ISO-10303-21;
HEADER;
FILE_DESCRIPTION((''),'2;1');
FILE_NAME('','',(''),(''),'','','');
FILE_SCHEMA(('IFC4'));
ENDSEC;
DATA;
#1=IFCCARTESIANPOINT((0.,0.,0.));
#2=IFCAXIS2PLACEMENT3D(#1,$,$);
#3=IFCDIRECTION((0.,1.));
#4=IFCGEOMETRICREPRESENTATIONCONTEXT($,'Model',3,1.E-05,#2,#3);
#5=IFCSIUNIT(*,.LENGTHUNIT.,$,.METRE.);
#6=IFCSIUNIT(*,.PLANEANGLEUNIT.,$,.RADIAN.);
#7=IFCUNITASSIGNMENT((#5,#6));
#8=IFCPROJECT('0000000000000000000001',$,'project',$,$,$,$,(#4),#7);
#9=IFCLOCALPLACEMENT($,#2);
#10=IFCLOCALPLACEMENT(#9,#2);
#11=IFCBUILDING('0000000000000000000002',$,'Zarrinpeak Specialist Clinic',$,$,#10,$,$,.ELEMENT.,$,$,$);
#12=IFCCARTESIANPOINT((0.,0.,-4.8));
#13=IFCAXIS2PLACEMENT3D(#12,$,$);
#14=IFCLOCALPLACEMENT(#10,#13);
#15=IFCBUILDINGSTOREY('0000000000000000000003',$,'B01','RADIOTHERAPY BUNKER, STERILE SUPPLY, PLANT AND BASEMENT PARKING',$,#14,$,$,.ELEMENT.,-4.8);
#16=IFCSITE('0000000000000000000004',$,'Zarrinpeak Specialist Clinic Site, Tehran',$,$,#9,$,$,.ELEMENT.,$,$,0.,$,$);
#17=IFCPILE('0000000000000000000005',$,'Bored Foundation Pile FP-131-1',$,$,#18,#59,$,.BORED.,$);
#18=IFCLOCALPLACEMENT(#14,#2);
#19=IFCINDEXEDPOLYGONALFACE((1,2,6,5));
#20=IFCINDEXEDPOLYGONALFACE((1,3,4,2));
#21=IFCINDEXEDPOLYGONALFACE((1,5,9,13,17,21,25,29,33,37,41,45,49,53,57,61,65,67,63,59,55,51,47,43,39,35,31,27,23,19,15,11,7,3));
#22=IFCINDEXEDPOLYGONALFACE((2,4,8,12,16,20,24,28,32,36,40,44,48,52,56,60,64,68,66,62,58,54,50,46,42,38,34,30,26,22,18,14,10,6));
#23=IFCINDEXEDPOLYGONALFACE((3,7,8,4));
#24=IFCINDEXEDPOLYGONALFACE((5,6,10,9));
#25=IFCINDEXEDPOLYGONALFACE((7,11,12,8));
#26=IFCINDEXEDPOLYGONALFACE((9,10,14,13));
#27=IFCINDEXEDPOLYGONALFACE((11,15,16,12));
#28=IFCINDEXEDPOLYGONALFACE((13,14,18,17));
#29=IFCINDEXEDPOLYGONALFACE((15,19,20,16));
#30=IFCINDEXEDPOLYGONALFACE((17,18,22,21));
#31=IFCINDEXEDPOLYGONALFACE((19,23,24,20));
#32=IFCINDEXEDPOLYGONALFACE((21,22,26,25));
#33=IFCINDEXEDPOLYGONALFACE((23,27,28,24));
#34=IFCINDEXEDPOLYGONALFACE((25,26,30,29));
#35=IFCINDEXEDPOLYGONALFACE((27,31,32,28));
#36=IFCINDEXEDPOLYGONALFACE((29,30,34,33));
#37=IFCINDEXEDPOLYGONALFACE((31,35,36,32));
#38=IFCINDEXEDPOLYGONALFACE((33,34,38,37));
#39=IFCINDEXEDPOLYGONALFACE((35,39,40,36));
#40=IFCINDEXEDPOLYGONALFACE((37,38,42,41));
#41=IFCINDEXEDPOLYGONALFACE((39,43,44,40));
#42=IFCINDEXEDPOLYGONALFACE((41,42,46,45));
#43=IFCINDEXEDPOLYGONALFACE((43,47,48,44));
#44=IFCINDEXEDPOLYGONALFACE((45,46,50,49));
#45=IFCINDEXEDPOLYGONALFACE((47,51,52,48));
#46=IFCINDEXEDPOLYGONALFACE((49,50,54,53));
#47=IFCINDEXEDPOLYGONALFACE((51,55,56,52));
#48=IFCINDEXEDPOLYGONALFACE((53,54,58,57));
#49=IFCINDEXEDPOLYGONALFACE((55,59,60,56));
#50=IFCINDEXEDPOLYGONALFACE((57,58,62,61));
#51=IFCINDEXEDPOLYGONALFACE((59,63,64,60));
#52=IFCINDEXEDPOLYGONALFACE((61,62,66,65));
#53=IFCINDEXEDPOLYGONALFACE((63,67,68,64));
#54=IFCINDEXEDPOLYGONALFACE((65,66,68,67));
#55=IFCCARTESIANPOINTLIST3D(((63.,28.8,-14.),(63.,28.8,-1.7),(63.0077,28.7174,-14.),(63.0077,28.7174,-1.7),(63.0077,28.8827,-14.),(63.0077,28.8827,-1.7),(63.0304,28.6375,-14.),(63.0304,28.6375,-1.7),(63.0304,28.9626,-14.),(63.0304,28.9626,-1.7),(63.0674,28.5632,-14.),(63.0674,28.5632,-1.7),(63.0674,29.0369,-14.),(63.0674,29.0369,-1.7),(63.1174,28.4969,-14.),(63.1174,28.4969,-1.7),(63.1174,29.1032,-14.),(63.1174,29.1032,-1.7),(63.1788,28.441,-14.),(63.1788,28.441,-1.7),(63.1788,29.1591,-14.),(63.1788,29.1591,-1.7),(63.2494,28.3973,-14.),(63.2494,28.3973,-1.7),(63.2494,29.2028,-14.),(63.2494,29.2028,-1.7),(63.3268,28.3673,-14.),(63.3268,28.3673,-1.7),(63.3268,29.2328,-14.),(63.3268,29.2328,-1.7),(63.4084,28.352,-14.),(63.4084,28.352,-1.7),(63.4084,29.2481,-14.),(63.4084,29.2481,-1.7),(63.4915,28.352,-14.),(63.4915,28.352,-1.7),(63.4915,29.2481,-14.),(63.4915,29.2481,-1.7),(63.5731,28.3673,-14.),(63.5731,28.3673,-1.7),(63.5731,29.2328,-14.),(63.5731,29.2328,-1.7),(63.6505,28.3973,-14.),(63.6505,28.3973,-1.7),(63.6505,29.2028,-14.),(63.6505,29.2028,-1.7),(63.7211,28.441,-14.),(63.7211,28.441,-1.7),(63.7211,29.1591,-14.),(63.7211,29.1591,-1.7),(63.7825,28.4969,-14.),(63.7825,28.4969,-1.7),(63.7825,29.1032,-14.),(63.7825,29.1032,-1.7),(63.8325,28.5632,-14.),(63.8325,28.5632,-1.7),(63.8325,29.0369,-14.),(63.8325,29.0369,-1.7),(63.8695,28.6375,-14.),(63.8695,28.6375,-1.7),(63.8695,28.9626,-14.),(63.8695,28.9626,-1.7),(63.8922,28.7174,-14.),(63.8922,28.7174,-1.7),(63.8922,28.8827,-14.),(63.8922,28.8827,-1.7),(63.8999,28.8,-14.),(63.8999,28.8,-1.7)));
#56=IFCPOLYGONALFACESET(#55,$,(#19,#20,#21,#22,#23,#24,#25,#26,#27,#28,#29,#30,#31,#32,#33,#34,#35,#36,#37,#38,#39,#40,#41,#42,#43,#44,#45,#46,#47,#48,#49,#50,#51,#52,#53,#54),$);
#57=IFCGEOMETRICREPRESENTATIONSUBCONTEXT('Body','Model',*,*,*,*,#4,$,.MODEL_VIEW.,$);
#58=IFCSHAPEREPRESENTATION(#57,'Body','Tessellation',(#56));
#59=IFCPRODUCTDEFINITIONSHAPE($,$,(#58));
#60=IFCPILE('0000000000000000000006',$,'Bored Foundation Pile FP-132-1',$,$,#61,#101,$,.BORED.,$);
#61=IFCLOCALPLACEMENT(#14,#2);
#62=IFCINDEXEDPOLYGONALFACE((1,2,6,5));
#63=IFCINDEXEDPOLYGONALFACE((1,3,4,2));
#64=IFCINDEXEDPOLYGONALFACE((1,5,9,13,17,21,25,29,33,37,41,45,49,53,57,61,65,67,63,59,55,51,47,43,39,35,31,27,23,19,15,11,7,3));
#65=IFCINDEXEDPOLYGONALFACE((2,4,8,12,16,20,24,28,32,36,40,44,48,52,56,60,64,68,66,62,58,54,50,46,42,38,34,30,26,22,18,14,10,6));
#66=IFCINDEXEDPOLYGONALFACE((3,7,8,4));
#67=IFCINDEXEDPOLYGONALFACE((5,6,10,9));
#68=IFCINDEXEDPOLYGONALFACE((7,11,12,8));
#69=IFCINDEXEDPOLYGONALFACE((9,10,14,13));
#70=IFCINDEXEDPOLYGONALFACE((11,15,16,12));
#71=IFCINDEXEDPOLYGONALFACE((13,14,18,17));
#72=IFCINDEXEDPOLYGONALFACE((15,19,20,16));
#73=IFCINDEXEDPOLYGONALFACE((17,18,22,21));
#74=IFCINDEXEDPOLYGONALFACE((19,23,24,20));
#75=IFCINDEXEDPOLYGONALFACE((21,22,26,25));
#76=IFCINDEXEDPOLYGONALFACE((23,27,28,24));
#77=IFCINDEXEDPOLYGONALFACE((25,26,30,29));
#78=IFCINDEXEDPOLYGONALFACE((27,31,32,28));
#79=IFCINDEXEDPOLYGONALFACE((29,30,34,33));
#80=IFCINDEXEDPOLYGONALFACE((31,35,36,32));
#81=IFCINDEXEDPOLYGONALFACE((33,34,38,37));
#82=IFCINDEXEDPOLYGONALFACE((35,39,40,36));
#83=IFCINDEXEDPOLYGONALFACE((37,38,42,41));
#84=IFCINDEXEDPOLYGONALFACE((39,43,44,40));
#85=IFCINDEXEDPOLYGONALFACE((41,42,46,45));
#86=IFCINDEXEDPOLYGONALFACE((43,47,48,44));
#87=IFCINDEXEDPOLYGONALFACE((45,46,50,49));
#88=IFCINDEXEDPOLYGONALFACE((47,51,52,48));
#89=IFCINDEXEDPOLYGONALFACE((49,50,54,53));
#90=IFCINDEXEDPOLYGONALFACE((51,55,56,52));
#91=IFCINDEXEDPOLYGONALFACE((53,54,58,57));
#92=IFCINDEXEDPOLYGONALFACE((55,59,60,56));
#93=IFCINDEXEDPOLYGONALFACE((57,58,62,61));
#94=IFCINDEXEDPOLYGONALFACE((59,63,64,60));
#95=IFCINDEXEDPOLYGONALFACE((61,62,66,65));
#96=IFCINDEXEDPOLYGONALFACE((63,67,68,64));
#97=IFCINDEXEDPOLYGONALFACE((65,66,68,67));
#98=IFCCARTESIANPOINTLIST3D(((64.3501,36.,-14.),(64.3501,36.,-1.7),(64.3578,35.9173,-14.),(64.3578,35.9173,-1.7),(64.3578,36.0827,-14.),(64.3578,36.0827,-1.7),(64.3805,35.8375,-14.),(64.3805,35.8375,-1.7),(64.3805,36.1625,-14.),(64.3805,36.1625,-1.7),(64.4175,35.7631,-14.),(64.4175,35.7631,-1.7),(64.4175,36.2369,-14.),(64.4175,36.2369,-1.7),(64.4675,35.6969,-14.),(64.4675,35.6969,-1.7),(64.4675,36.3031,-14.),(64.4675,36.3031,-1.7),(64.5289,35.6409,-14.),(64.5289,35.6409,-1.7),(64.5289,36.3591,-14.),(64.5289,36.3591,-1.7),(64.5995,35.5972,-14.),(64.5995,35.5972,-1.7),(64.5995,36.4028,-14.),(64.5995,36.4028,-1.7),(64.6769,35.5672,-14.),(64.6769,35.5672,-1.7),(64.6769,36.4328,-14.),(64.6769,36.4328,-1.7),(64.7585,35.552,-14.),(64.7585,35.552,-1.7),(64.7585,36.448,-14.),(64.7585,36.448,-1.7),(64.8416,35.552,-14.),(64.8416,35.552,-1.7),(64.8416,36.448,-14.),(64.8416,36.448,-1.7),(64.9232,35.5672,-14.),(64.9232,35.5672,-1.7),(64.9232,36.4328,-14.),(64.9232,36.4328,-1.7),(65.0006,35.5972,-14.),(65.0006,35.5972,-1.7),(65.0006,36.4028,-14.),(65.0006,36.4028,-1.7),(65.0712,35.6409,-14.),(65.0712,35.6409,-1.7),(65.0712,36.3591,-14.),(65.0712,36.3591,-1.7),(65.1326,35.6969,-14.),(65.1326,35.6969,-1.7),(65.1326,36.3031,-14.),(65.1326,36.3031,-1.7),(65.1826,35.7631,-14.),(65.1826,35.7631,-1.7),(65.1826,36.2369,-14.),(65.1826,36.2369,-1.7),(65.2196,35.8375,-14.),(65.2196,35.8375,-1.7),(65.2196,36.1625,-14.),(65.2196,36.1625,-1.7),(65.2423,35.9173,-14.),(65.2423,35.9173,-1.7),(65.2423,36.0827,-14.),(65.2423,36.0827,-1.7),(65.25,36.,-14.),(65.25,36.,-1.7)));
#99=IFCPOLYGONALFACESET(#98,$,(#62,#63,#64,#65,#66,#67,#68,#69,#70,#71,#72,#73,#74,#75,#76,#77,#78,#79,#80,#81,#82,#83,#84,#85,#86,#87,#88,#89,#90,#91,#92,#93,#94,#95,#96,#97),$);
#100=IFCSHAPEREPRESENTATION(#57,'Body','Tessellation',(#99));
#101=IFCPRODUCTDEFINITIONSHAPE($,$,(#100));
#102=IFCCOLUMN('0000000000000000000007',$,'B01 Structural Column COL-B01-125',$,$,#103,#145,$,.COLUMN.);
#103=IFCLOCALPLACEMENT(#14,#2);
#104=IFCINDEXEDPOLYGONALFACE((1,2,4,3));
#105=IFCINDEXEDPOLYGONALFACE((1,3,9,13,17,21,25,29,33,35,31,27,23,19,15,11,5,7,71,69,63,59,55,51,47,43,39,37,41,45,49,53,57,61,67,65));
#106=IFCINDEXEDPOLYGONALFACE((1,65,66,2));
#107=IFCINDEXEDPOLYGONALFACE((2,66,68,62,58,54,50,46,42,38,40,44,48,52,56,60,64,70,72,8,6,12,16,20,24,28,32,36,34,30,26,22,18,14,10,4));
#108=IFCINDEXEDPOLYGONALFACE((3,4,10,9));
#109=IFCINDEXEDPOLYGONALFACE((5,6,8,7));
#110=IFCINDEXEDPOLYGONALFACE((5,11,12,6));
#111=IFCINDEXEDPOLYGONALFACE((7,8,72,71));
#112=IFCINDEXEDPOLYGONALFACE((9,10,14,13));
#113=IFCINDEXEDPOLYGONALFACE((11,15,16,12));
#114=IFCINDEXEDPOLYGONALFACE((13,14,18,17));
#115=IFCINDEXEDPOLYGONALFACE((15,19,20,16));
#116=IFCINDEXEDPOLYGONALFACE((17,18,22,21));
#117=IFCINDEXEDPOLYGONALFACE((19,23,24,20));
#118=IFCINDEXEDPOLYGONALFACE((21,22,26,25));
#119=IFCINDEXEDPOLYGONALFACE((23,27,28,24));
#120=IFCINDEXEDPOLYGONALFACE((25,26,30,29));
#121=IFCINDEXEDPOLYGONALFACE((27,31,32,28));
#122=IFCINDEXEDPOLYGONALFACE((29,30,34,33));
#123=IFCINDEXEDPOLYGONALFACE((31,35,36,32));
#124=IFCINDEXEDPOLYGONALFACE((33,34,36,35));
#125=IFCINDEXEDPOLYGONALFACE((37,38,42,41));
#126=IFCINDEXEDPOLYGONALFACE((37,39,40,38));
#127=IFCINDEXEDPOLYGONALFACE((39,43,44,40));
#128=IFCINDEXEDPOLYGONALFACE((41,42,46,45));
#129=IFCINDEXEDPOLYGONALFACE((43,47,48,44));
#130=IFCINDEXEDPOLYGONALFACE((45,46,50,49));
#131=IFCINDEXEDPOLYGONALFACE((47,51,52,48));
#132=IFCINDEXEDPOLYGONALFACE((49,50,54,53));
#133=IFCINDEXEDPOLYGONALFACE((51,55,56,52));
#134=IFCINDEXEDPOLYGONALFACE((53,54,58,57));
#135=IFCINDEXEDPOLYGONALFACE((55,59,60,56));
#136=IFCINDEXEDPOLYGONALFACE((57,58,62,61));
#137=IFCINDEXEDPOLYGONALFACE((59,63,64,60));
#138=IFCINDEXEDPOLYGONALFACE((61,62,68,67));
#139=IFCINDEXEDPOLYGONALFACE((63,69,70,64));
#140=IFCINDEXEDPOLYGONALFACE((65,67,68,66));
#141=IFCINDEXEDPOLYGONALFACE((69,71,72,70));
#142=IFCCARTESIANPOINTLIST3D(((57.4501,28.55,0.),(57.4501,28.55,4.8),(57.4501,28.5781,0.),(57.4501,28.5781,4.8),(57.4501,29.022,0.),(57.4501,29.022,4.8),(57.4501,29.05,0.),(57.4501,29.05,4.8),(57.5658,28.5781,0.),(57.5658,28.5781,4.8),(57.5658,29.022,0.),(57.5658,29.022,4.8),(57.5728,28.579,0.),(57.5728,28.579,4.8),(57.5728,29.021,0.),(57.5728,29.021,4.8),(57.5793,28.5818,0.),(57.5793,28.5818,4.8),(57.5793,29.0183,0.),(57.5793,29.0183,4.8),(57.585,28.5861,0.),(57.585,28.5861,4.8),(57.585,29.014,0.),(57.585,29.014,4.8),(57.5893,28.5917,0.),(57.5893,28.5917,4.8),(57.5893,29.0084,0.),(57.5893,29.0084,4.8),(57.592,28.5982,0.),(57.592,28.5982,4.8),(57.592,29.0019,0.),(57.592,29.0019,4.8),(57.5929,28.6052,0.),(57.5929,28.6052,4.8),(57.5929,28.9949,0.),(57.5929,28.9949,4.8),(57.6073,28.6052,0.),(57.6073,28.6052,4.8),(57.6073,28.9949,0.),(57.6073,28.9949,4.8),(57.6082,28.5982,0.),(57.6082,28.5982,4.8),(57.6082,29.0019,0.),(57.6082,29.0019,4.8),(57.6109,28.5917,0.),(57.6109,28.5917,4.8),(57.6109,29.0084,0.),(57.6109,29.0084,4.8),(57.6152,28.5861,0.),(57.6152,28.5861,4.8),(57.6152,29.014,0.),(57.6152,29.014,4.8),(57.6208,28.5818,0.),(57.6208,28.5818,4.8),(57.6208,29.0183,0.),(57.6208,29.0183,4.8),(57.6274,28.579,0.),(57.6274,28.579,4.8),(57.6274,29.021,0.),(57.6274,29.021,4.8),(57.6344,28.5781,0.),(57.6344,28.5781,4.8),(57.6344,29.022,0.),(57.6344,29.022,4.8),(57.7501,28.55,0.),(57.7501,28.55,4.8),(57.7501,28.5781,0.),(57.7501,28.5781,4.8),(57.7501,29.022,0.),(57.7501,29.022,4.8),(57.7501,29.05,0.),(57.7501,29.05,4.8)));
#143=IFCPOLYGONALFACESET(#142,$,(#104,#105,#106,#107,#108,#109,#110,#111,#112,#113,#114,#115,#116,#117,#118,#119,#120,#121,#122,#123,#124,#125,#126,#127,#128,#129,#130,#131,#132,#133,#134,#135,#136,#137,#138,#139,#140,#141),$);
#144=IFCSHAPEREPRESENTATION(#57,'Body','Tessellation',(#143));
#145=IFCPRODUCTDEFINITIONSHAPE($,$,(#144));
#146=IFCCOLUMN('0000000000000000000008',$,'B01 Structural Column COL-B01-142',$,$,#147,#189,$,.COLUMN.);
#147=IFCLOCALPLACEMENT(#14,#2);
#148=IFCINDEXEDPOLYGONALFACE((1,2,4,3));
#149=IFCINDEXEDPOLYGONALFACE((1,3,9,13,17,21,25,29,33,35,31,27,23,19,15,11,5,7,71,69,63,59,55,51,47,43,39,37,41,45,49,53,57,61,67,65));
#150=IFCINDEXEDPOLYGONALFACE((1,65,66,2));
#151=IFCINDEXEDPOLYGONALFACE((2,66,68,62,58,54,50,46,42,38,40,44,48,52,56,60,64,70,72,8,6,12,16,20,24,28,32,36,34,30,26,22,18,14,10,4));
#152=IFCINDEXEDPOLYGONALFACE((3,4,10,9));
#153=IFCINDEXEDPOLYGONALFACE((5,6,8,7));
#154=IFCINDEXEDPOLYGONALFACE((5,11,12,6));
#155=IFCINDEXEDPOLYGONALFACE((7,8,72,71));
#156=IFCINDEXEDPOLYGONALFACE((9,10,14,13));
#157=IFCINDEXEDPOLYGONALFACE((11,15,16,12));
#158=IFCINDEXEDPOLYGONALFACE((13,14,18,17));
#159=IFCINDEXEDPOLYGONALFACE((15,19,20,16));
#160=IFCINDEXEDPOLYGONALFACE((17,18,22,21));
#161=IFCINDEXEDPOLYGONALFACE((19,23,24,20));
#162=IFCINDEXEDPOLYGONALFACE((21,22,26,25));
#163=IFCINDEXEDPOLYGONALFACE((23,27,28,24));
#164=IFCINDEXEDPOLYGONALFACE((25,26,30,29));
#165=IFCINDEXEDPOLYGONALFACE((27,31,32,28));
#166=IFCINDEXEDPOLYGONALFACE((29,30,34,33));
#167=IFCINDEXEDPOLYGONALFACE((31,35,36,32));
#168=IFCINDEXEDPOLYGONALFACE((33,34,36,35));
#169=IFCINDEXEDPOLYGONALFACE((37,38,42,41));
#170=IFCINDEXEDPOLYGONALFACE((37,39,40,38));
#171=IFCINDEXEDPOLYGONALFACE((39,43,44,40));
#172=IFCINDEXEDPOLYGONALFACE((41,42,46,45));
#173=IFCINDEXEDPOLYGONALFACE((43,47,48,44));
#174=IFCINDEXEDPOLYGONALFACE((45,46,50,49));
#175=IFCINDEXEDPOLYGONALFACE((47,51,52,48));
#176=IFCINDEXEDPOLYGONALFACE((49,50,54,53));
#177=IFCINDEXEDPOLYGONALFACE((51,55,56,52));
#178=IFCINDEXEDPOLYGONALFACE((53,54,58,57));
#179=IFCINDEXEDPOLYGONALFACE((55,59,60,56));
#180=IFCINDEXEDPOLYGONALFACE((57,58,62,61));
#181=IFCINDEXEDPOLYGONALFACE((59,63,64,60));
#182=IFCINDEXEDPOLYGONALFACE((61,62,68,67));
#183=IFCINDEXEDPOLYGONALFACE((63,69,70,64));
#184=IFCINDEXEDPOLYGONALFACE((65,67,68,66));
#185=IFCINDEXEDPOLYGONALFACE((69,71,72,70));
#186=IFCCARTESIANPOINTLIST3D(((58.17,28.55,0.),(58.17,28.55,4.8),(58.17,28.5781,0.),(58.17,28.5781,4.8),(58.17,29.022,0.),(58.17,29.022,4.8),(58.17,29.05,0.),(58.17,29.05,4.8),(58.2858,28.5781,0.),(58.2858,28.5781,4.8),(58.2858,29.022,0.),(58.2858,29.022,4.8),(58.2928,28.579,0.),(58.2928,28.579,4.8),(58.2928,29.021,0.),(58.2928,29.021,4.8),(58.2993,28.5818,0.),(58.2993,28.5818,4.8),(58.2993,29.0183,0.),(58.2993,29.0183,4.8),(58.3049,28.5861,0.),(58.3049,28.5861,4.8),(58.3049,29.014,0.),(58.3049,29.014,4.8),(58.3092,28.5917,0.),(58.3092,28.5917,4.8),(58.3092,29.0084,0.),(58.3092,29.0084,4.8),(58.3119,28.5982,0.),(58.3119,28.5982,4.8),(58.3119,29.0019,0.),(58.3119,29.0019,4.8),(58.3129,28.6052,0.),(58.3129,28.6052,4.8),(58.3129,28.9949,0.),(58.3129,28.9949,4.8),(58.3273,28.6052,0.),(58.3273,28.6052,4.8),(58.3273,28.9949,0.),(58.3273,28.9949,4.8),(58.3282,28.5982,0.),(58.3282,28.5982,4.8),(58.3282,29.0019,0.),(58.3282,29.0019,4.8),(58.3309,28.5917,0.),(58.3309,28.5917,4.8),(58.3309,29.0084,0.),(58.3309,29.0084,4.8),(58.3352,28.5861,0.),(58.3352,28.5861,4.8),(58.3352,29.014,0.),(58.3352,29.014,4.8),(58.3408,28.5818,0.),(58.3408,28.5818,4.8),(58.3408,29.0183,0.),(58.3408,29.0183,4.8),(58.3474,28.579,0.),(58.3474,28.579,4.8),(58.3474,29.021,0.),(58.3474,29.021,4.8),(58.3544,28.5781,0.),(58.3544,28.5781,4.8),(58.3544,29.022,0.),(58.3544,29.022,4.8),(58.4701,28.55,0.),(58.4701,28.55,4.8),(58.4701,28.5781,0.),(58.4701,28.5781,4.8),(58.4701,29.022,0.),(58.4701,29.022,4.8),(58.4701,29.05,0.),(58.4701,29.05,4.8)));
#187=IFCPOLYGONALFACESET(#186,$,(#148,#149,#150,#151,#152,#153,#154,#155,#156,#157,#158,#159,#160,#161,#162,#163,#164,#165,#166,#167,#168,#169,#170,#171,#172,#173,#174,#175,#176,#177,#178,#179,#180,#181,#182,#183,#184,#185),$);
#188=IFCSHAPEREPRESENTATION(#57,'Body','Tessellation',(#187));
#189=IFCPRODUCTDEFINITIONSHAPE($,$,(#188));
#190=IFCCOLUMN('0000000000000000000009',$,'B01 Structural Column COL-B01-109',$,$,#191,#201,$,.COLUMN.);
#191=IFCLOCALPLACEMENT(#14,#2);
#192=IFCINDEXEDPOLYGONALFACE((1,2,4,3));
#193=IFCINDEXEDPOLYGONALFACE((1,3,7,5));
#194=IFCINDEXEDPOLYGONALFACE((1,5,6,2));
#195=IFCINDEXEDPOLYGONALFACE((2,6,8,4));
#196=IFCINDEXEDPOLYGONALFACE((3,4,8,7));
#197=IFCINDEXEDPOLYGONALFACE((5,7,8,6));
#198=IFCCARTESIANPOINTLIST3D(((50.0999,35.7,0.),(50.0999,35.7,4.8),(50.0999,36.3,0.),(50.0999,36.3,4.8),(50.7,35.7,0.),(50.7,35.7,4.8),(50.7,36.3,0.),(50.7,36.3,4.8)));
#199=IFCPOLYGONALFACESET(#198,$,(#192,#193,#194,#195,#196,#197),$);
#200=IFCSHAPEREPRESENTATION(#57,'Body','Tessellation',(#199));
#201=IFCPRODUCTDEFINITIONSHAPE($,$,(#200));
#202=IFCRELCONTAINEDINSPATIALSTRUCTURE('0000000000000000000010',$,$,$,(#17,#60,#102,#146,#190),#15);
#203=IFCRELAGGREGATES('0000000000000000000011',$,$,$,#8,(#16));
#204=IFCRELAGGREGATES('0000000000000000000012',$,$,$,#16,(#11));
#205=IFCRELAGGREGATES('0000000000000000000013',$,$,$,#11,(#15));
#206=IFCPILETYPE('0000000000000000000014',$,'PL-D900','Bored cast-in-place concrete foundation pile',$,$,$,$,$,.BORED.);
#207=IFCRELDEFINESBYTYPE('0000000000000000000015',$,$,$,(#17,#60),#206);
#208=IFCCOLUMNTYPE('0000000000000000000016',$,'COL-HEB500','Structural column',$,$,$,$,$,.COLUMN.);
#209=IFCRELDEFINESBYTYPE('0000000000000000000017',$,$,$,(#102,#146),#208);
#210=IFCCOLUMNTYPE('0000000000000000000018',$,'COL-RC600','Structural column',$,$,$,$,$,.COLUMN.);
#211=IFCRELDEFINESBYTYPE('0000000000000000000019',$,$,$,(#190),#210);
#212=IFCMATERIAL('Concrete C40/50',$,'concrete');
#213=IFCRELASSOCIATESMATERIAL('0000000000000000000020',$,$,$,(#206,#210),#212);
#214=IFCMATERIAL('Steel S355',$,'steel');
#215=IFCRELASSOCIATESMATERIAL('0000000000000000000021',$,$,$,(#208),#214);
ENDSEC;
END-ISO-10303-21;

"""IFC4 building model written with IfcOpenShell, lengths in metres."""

from ifc_helpers import new_model, si_unit, direction, frame, origin, origin_2d, place, context, subcontext, project, spatial, rectangle, circle, i_section, extrude, material, material_profile, profile_set, type_object, element, save


model = new_model("IFC4")

# Units and contexts
model_context = context("Model", 3, precision=1e-05, world=origin(), true_north=direction((0.0, 1.0)))
body_context = subcontext(model_context, "Body", "Model", "MODEL_VIEW")
ifc_project = project(units=[si_unit("LENGTHUNIT", "METRE"), si_unit("PLANEANGLEUNIT", "RADIAN")], contexts=[model_context])

# Site, building, storey
site_placement = place(None, origin())
site = spatial("IfcSite", under=ifc_project, at=site_placement, Name="Zarrinpeak Specialist Clinic Site, Tehran", CompositionType="ELEMENT", RefElevation=0.0)
building_placement = place(site_placement, origin())
building = spatial("IfcBuilding", under=site, at=building_placement, Name="Zarrinpeak Specialist Clinic", CompositionType="ELEMENT")
storey_placement = place(building_placement, frame((0.0, 0.0, -4.8)))
storey = spatial("IfcBuildingStorey", under=building, at=storey_placement, Name="B01", Description="RADIOTHERAPY BUNKER, STERILE SUPPLY, PLANT AND BASEMENT PARKING", CompositionType="ELEMENT", Elevation=-4.8)

# Shared definitions
ifc_material_1 = material(Name="Concrete C40/50", Category="concrete")

# Piles
ifc_material_profile_1 = material_profile(ifc_material_1, circle(Radius=0.45, at=origin_2d()), Name="BORED PILE D900")
ifc_profile_set_1 = profile_set([ifc_material_profile_1], Name="Concrete C40/50")
pile_type_1 = type_object("IfcPileType", Name="PL-D900", Description="Bored cast-in-place concrete foundation pile", PredefinedType="BORED", material=ifc_profile_set_1)
for number, where, z_axis, x_axis, name in (
    (1, (63.45, 28.8, -1.7), (0.0, 0.0, -1.0), (1.0, 0.0, 0.0), "Bored Foundation Pile FP-131-1"),
    (2, (64.8, 36.0, -1.7), (0.0, 0.0, -1.0), (1.0, 0.0, 0.0), "Bored Foundation Pile FP-132-1"),
):
    element("IfcPile", number, at=place(storey_placement, frame(where, z_axis=z_axis, x_axis=x_axis)), inside=storey, type_object=pile_type_1, Name=name, PredefinedType="BORED", context=body_context, shape_type="SweptSolid", body=[
        extrude(circle(Radius=0.45, at=origin_2d()), origin(), (0.0, 0.0, 1.0), 12.3),
    ])

# Columns
ifc_material_2 = material(Name="Steel S355", Category="steel")
ifc_material_profile_2 = material_profile(ifc_material_2, i_section(OverallWidth=0.3, OverallDepth=0.5, WebThickness=0.0144, FlangeThickness=0.0281, FilletRadius=0.0271, at=origin_2d()), Name="HEB 500")
ifc_profile_set_2 = profile_set([ifc_material_profile_2], Name="Steel S355")
column_type_1 = type_object("IfcColumnType", Name="COL-HEB500", Description="Structural column", PredefinedType="COLUMN", material=ifc_profile_set_2)
for number, where, z_axis, x_axis, name in (
    (3, (57.6001, 28.8, 0.0), (0.0, 0.0, 1.0), (1.0, 0.0, 0.0), "B01 Structural Column COL-B01-125"),
    (4, (58.3201, 28.8, 0.0), (0.0, 0.0, 1.0), (1.0, 0.0, 0.0), "B01 Structural Column COL-B01-142"),
):
    element("IfcColumn", number, at=place(storey_placement, frame(where, z_axis=z_axis, x_axis=x_axis)), inside=storey, type_object=column_type_1, Name=name, PredefinedType="COLUMN", context=body_context, shape_type="SweptSolid", body=[
        extrude(i_section(OverallWidth=0.3, OverallDepth=0.5, WebThickness=0.0144, FlangeThickness=0.0281, FilletRadius=0.0271, at=origin_2d()), origin(), (0.0, 0.0, 1.0), 4.8),
    ])
ifc_material_profile_3 = material_profile(ifc_material_1, rectangle(XDim=0.6001, YDim=0.6001, at=origin_2d()), Name="RC 600x600")
ifc_profile_set_3 = profile_set([ifc_material_profile_3], Name="Concrete C40/50")
column_type_2 = type_object("IfcColumnType", Name="COL-RC600", Description="Structural column", PredefinedType="COLUMN", material=ifc_profile_set_3)
for number, where, z_axis, x_axis, name in (
    (5, (50.3999, 36.0, 0.0), (0.0, 0.0, 1.0), (1.0, 0.0, 0.0), "B01 Structural Column COL-B01-109"),
):
    element("IfcColumn", number, at=place(storey_placement, frame(where, z_axis=z_axis, x_axis=x_axis)), inside=storey, type_object=column_type_2, Name=name, PredefinedType="COLUMN", context=body_context, shape_type="SweptSolid", body=[
        extrude(rectangle(XDim=0.6001, YDim=0.6001, at=origin_2d()), origin(), (0.0, 0.0, 1.0), 4.8),
    ])

save(model, "model.ifc")
